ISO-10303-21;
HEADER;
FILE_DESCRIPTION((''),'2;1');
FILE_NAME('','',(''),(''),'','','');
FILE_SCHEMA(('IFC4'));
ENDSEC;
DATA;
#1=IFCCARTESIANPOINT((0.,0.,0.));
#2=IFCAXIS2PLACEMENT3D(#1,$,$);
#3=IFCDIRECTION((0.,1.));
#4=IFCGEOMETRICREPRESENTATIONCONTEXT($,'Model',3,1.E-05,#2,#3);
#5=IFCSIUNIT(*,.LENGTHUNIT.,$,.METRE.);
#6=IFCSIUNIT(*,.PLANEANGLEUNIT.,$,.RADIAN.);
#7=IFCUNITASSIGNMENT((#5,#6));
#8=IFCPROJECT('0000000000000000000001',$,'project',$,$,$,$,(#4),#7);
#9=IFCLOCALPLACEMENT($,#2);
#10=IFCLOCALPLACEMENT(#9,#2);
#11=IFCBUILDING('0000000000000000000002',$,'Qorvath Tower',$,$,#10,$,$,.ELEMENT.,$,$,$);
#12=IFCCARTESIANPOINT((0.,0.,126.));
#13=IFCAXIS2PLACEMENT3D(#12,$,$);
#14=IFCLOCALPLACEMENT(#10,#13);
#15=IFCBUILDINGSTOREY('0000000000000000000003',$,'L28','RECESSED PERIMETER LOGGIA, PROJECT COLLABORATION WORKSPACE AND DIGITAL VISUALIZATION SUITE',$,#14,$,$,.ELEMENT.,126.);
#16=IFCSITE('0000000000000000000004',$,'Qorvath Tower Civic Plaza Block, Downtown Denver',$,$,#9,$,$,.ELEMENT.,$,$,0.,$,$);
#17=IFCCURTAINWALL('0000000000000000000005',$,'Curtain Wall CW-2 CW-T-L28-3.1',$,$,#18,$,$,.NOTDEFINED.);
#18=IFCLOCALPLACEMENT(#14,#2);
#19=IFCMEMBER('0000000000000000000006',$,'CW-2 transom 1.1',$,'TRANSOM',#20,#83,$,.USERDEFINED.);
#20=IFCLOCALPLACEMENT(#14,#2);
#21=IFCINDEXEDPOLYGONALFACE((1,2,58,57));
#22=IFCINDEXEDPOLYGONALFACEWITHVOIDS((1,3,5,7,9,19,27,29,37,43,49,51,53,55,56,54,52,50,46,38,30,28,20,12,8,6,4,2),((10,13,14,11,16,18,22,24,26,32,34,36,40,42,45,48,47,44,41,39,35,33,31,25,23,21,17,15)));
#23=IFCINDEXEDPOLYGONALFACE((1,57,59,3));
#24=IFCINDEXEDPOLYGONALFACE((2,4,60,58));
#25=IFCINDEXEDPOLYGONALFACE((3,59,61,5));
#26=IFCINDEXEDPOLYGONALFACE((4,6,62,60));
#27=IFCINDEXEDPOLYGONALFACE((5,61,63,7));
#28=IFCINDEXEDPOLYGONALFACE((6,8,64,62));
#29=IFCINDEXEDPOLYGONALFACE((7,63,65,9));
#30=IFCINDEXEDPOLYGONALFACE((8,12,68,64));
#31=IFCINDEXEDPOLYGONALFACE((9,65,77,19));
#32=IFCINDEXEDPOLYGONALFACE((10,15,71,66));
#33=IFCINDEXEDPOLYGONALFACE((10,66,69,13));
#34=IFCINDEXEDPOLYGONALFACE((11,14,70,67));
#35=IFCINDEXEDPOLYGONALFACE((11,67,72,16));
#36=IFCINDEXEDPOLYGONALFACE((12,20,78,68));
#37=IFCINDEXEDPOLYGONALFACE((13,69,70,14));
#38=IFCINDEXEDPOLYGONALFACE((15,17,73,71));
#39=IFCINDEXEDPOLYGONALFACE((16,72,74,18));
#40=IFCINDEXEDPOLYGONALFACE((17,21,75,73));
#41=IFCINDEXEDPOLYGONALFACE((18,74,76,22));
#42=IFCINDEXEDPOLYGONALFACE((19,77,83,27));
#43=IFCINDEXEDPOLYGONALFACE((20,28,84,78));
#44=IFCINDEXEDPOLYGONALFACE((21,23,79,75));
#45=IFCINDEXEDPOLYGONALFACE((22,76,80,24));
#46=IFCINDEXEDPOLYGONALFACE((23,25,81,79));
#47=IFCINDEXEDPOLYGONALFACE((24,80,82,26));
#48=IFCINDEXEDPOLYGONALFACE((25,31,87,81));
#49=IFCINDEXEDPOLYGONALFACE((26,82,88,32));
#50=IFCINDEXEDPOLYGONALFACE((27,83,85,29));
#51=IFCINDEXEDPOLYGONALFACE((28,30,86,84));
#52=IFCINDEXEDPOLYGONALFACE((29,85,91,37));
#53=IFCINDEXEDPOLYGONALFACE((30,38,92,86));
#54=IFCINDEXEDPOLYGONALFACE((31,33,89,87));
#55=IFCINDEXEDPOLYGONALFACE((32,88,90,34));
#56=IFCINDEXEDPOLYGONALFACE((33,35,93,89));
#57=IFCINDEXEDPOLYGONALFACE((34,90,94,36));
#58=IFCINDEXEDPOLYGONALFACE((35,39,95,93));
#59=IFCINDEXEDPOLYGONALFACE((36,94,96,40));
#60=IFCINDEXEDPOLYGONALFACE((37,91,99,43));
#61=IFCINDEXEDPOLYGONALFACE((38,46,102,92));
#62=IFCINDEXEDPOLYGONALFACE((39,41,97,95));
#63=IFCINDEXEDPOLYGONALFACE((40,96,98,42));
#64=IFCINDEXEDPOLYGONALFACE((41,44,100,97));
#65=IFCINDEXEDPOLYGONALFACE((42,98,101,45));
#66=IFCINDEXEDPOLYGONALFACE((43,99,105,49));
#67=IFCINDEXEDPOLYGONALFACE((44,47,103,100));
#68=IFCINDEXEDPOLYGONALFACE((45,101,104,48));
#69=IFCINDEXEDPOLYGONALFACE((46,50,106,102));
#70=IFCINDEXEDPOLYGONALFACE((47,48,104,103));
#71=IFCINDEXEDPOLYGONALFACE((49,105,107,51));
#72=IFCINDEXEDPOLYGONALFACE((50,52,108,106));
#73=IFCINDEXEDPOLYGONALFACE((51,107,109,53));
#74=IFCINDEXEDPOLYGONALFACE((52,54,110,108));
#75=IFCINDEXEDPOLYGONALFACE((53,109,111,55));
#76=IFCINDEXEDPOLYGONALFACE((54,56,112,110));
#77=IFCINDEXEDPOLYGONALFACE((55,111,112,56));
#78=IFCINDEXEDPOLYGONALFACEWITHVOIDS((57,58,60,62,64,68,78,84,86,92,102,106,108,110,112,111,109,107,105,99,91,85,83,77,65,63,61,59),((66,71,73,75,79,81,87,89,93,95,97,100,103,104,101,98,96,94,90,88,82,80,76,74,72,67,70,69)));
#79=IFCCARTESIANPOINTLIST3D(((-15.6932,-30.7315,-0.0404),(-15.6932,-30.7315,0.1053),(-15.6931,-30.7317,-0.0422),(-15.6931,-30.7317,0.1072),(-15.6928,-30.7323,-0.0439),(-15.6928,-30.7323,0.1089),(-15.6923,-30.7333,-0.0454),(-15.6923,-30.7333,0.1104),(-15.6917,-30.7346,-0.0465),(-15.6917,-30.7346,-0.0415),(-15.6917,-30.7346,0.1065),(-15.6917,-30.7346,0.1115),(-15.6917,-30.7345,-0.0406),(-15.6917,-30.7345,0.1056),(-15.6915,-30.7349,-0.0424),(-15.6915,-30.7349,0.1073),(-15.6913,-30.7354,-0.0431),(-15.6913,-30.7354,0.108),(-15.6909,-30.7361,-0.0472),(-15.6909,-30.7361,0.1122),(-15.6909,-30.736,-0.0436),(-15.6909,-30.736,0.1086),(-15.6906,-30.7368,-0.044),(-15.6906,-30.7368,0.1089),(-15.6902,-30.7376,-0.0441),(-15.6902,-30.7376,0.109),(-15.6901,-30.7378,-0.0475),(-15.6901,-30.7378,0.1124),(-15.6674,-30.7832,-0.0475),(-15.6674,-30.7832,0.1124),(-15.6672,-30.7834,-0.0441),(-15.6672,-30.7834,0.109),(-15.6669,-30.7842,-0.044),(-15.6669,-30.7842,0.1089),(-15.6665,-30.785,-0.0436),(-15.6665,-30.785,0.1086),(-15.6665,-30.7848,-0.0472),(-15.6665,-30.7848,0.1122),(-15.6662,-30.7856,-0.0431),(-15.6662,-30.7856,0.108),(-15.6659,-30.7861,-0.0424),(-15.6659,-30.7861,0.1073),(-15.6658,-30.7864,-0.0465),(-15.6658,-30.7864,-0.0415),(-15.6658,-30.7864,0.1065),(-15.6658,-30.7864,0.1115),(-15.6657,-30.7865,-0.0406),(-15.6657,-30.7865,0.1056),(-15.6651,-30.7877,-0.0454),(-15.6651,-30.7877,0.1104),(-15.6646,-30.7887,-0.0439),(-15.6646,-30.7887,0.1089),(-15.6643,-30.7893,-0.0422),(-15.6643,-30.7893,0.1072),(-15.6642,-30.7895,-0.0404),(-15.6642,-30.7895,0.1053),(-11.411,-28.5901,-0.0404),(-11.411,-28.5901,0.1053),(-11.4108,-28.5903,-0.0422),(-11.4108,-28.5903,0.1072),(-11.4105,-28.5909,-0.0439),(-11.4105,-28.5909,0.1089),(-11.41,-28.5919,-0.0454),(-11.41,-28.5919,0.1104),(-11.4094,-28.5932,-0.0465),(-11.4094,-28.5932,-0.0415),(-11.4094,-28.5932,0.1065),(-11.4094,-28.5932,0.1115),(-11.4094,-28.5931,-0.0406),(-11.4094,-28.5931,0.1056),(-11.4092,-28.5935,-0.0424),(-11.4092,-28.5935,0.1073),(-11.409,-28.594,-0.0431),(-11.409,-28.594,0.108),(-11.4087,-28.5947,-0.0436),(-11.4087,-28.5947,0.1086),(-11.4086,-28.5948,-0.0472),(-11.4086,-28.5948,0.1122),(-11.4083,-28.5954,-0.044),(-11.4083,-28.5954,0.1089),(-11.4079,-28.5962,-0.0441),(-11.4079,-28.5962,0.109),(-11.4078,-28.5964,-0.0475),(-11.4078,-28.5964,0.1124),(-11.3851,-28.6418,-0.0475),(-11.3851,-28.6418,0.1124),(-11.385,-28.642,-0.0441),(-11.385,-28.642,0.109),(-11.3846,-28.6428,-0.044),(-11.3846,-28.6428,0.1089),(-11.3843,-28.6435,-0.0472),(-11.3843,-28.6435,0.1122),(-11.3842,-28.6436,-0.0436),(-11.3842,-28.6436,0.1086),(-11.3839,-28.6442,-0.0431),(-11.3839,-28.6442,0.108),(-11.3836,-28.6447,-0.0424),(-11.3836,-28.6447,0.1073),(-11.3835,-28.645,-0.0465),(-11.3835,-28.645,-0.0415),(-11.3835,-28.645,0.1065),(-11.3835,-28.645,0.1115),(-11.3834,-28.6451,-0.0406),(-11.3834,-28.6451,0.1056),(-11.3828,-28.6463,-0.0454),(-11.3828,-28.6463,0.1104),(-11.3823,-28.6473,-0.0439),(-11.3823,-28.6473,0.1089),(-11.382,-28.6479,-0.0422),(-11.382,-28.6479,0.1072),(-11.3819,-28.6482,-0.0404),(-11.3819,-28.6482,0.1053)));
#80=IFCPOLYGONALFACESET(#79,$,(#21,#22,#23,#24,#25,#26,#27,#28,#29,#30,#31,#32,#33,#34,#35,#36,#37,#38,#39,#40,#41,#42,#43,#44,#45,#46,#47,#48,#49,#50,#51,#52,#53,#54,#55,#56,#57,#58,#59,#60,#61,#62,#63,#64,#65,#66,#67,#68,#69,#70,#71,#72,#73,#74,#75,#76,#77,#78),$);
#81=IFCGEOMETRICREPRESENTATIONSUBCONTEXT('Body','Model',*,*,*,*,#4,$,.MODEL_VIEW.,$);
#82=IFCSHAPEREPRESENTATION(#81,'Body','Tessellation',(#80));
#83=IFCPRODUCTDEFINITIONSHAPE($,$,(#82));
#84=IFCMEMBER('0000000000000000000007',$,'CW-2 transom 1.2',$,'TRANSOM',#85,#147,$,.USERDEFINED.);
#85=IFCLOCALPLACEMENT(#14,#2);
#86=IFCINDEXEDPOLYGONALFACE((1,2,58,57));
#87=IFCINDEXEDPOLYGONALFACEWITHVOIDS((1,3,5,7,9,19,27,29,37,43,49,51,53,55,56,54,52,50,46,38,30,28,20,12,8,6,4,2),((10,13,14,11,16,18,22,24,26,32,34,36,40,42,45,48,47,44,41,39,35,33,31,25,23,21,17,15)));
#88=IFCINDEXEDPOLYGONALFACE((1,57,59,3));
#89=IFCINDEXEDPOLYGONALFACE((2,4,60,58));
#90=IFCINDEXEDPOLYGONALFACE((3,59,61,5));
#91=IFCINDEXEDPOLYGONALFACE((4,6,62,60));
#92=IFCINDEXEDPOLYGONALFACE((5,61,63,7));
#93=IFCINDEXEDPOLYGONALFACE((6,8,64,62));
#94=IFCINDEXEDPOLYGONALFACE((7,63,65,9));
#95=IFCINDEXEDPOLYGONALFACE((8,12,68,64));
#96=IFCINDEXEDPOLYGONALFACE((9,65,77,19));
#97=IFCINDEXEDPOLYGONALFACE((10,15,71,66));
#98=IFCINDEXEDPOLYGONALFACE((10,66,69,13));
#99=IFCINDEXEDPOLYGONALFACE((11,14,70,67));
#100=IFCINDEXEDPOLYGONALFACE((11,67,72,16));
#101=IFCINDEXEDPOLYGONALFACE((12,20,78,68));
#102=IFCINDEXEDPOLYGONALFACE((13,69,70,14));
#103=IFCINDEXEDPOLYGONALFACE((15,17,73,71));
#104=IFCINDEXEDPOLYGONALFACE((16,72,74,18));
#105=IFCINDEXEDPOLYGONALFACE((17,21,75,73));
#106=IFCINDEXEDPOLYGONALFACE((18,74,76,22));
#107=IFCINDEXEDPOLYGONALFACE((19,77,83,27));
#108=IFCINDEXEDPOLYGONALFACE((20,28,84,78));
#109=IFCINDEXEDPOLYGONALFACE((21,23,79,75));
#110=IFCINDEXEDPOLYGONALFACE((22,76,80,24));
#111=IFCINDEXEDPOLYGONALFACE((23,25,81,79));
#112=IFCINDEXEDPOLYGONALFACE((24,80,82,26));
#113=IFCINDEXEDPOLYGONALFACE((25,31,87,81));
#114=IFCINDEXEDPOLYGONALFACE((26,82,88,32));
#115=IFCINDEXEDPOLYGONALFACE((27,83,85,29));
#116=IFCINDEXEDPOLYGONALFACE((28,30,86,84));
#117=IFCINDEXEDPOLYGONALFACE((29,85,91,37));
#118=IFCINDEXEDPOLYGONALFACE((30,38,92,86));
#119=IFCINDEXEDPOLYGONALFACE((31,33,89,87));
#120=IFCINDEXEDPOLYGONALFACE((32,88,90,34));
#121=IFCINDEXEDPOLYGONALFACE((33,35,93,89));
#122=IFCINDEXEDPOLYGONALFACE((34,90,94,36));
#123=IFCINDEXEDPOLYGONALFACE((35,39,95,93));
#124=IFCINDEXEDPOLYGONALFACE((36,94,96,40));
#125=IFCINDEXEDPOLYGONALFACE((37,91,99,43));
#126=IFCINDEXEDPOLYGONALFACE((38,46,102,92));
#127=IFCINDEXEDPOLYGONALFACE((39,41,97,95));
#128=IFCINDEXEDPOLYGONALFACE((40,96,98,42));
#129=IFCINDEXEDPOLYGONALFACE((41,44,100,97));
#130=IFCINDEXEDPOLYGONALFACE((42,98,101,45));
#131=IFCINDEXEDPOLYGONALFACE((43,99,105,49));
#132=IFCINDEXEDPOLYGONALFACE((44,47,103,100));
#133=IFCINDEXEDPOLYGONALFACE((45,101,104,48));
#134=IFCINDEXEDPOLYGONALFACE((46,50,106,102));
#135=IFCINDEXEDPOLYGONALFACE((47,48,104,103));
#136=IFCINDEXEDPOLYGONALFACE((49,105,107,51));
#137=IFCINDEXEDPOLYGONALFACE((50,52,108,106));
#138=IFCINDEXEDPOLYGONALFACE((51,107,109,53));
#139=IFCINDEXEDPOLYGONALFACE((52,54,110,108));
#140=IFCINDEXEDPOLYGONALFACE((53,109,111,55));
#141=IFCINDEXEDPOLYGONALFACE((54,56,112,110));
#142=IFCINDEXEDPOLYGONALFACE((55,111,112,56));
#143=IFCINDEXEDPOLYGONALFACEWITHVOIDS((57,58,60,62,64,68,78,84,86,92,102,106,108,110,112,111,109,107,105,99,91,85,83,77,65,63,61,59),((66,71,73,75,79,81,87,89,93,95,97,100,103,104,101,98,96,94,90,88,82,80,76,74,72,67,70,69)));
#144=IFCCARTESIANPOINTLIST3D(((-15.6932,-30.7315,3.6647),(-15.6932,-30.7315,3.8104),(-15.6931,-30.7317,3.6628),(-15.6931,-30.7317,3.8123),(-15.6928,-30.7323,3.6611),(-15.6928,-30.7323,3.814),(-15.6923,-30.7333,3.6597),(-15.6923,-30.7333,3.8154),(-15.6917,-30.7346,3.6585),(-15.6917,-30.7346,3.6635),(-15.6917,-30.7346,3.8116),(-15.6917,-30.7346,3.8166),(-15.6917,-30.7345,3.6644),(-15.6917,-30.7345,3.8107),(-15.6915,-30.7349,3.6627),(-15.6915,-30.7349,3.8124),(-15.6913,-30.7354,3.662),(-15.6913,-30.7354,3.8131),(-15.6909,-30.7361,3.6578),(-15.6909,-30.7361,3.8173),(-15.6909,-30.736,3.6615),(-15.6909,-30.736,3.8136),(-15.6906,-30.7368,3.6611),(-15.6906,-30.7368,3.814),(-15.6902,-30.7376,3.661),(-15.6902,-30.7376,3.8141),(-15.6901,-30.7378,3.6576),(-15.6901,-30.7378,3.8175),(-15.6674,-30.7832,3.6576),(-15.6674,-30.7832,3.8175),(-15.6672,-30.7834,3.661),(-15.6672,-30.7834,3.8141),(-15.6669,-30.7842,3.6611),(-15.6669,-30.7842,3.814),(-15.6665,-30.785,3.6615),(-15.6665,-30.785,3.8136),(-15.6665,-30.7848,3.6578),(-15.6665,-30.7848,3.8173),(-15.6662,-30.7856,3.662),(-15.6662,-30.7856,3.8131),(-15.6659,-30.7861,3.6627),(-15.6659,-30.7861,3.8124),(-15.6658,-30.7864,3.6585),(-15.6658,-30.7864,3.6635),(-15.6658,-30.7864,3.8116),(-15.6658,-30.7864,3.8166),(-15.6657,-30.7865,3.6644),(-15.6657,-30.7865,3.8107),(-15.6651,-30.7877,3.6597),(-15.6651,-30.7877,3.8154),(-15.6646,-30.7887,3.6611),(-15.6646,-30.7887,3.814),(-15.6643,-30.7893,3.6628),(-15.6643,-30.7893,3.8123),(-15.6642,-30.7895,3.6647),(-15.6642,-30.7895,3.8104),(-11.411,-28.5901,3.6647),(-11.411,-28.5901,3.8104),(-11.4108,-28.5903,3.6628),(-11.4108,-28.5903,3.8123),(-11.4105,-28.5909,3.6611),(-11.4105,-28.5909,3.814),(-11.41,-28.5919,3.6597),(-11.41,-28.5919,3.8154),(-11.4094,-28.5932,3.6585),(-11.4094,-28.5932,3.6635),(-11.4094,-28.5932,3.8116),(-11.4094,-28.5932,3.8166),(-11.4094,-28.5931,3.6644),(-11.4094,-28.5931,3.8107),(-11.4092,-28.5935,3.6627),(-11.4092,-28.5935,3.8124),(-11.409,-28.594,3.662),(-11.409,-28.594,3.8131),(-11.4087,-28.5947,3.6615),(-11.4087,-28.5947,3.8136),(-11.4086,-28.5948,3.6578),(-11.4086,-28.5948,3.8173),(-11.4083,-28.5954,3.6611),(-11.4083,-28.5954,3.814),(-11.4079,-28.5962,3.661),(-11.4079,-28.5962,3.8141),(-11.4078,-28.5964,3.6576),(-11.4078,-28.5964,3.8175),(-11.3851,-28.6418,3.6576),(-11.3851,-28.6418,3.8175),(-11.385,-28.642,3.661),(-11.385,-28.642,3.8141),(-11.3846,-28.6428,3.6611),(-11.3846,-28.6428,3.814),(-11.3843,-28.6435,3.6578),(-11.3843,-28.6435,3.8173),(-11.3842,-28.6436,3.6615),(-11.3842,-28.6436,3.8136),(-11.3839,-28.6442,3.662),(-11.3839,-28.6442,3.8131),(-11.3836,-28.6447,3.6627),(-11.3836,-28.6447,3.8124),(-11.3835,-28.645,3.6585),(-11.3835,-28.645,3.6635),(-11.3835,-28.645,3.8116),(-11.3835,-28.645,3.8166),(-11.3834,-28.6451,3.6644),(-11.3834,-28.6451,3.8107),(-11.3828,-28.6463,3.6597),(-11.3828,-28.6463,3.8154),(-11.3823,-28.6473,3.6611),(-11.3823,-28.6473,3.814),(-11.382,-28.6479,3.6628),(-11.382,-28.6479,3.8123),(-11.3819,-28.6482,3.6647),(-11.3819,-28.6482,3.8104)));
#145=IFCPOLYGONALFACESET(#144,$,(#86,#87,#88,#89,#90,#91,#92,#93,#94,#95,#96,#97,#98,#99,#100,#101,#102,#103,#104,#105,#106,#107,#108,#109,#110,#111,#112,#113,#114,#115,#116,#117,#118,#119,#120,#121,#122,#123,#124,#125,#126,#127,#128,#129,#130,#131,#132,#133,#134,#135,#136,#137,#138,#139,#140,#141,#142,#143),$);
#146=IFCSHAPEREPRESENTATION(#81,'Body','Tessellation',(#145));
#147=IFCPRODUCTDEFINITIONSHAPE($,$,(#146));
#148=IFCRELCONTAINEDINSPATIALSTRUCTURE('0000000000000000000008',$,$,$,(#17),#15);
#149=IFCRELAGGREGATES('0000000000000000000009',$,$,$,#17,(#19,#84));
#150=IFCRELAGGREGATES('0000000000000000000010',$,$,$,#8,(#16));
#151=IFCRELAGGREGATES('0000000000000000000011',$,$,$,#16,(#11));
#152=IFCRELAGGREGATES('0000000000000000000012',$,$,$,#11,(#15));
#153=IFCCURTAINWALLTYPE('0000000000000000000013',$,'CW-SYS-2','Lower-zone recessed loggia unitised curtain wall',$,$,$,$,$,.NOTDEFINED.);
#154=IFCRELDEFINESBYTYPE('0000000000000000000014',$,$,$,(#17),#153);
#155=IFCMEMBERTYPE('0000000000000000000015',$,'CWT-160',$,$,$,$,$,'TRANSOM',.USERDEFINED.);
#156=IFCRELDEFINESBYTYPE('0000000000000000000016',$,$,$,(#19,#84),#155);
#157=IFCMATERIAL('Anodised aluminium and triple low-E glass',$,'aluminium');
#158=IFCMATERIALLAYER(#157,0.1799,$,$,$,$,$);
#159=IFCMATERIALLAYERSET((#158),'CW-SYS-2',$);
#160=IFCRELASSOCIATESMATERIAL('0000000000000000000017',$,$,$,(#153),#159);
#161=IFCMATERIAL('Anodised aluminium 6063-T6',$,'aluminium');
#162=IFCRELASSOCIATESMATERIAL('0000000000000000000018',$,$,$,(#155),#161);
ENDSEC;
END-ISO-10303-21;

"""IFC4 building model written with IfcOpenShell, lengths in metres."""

from ifc_helpers import new_model, si_unit, direction, frame, origin, origin_2d, place, context, subcontext, project, spatial, hollow_rectangle, extrude, material, layer, layer_set, material_profile, profile_set, type_object, element, aggregate, save


model = new_model("IFC4")

# Units and contexts
model_context = context("Model", 3, precision=1e-05, world=origin(), true_north=direction((0.0, 1.0)))
body_context = subcontext(model_context, "Body", "Model", "MODEL_VIEW")
ifc_project = project(units=[si_unit("LENGTHUNIT", "METRE"), si_unit("PLANEANGLEUNIT", "RADIAN")], contexts=[model_context])

# Site, building, storey
site_placement = place(None, origin())
site = spatial("IfcSite", under=ifc_project, at=site_placement, Name="Qorvath Tower Civic Plaza Block, Downtown Denver", CompositionType="ELEMENT", RefElevation=0.0)
building_placement = place(site_placement, origin())
building = spatial("IfcBuilding", under=site, at=building_placement, Name="Qorvath Tower", CompositionType="ELEMENT")
storey_placement = place(building_placement, frame((0.0, 0.0, 126.0)))
storey = spatial("IfcBuildingStorey", under=building, at=storey_placement, Name="L28", Description="RECESSED PERIMETER LOGGIA, PROJECT COLLABORATION WORKSPACE AND DIGITAL VISUALIZATION SUITE", CompositionType="ELEMENT", Elevation=126.0)

# Curtain wall
ifc_material_1 = material(Name="Anodised aluminium and triple low-E glass", Category="aluminium")
ifc_layer_1 = layer(ifc_material_1, 0.1799)
ifc_layer_set_1 = layer_set([ifc_layer_1], Name="CW-SYS-2")
curtain_wall_type = type_object("IfcCurtainWallType", Name="CW-SYS-2", Description="Lower-zone recessed loggia unitised curtain wall", PredefinedType="NOTDEFINED", material=ifc_layer_set_1)
curtain_wall_1_placement = place(storey_placement, origin())
curtain_wall_1 = element("IfcCurtainWall", 1, at=curtain_wall_1_placement, inside=storey, type_object=curtain_wall_type, Name="Curtain Wall CW-2 CW-T-L28-3.1", PredefinedType="NOTDEFINED")

# Members
ifc_material_2 = material(Name="Anodised aluminium 6063-T6", Category="aluminium")
ifc_material_profile_1 = material_profile(ifc_material_2, hollow_rectangle(XDim=0.0649, YDim=0.1599, WallThickness=0.0034, InnerFilletRadius=0.0034, OuterFilletRadius=0.0071, at=origin_2d()), Name="CWT 160x65")
ifc_profile_set_1 = profile_set([ifc_material_profile_1], Name="Anodised aluminium 6063-T6")
member_type_1 = type_object("IfcMemberType", Name="CWT-160", ElementType="TRANSOM", PredefinedType="USERDEFINED", material=ifc_profile_set_1)
member_1_placement = place(storey_placement, frame((-15.6787, -30.7605, 0.0325), z_axis=(0.894407, 0.447254, 0.0), x_axis=(-0.447254, 0.894407, 0.0)))
member_1 = element("IfcMember", 2, at=member_1_placement, type_object=member_type_1, Name="CW-2 transom 1.1", ObjectType="TRANSOM", PredefinedType="USERDEFINED", context=body_context, shape_type="SweptSolid", body=[
    extrude(hollow_rectangle(XDim=0.0649, YDim=0.1599, WallThickness=0.0034, InnerFilletRadius=0.0034, OuterFilletRadius=0.0071, at=origin_2d()), origin(), (0.0, 0.0, 1.0), 4.7878),
])
member_2_placement = place(storey_placement, frame((-15.6787, -30.7605, 3.7375), z_axis=(0.894407, 0.447254, 0.0), x_axis=(-0.447254, 0.894407, 0.0)))
member_2 = element("IfcMember", 3, at=member_2_placement, type_object=member_type_1, Name="CW-2 transom 1.2", ObjectType="TRANSOM", PredefinedType="USERDEFINED", context=body_context, shape_type="SweptSolid", body=[
    extrude(hollow_rectangle(XDim=0.0649, YDim=0.1599, WallThickness=0.0034, InnerFilletRadius=0.0034, OuterFilletRadius=0.0071, at=origin_2d()), origin(), (0.0, 0.0, 1.0), 4.7878),
])

aggregate(curtain_wall_1, [member_1, member_2])

save(model, "model.ifc")
